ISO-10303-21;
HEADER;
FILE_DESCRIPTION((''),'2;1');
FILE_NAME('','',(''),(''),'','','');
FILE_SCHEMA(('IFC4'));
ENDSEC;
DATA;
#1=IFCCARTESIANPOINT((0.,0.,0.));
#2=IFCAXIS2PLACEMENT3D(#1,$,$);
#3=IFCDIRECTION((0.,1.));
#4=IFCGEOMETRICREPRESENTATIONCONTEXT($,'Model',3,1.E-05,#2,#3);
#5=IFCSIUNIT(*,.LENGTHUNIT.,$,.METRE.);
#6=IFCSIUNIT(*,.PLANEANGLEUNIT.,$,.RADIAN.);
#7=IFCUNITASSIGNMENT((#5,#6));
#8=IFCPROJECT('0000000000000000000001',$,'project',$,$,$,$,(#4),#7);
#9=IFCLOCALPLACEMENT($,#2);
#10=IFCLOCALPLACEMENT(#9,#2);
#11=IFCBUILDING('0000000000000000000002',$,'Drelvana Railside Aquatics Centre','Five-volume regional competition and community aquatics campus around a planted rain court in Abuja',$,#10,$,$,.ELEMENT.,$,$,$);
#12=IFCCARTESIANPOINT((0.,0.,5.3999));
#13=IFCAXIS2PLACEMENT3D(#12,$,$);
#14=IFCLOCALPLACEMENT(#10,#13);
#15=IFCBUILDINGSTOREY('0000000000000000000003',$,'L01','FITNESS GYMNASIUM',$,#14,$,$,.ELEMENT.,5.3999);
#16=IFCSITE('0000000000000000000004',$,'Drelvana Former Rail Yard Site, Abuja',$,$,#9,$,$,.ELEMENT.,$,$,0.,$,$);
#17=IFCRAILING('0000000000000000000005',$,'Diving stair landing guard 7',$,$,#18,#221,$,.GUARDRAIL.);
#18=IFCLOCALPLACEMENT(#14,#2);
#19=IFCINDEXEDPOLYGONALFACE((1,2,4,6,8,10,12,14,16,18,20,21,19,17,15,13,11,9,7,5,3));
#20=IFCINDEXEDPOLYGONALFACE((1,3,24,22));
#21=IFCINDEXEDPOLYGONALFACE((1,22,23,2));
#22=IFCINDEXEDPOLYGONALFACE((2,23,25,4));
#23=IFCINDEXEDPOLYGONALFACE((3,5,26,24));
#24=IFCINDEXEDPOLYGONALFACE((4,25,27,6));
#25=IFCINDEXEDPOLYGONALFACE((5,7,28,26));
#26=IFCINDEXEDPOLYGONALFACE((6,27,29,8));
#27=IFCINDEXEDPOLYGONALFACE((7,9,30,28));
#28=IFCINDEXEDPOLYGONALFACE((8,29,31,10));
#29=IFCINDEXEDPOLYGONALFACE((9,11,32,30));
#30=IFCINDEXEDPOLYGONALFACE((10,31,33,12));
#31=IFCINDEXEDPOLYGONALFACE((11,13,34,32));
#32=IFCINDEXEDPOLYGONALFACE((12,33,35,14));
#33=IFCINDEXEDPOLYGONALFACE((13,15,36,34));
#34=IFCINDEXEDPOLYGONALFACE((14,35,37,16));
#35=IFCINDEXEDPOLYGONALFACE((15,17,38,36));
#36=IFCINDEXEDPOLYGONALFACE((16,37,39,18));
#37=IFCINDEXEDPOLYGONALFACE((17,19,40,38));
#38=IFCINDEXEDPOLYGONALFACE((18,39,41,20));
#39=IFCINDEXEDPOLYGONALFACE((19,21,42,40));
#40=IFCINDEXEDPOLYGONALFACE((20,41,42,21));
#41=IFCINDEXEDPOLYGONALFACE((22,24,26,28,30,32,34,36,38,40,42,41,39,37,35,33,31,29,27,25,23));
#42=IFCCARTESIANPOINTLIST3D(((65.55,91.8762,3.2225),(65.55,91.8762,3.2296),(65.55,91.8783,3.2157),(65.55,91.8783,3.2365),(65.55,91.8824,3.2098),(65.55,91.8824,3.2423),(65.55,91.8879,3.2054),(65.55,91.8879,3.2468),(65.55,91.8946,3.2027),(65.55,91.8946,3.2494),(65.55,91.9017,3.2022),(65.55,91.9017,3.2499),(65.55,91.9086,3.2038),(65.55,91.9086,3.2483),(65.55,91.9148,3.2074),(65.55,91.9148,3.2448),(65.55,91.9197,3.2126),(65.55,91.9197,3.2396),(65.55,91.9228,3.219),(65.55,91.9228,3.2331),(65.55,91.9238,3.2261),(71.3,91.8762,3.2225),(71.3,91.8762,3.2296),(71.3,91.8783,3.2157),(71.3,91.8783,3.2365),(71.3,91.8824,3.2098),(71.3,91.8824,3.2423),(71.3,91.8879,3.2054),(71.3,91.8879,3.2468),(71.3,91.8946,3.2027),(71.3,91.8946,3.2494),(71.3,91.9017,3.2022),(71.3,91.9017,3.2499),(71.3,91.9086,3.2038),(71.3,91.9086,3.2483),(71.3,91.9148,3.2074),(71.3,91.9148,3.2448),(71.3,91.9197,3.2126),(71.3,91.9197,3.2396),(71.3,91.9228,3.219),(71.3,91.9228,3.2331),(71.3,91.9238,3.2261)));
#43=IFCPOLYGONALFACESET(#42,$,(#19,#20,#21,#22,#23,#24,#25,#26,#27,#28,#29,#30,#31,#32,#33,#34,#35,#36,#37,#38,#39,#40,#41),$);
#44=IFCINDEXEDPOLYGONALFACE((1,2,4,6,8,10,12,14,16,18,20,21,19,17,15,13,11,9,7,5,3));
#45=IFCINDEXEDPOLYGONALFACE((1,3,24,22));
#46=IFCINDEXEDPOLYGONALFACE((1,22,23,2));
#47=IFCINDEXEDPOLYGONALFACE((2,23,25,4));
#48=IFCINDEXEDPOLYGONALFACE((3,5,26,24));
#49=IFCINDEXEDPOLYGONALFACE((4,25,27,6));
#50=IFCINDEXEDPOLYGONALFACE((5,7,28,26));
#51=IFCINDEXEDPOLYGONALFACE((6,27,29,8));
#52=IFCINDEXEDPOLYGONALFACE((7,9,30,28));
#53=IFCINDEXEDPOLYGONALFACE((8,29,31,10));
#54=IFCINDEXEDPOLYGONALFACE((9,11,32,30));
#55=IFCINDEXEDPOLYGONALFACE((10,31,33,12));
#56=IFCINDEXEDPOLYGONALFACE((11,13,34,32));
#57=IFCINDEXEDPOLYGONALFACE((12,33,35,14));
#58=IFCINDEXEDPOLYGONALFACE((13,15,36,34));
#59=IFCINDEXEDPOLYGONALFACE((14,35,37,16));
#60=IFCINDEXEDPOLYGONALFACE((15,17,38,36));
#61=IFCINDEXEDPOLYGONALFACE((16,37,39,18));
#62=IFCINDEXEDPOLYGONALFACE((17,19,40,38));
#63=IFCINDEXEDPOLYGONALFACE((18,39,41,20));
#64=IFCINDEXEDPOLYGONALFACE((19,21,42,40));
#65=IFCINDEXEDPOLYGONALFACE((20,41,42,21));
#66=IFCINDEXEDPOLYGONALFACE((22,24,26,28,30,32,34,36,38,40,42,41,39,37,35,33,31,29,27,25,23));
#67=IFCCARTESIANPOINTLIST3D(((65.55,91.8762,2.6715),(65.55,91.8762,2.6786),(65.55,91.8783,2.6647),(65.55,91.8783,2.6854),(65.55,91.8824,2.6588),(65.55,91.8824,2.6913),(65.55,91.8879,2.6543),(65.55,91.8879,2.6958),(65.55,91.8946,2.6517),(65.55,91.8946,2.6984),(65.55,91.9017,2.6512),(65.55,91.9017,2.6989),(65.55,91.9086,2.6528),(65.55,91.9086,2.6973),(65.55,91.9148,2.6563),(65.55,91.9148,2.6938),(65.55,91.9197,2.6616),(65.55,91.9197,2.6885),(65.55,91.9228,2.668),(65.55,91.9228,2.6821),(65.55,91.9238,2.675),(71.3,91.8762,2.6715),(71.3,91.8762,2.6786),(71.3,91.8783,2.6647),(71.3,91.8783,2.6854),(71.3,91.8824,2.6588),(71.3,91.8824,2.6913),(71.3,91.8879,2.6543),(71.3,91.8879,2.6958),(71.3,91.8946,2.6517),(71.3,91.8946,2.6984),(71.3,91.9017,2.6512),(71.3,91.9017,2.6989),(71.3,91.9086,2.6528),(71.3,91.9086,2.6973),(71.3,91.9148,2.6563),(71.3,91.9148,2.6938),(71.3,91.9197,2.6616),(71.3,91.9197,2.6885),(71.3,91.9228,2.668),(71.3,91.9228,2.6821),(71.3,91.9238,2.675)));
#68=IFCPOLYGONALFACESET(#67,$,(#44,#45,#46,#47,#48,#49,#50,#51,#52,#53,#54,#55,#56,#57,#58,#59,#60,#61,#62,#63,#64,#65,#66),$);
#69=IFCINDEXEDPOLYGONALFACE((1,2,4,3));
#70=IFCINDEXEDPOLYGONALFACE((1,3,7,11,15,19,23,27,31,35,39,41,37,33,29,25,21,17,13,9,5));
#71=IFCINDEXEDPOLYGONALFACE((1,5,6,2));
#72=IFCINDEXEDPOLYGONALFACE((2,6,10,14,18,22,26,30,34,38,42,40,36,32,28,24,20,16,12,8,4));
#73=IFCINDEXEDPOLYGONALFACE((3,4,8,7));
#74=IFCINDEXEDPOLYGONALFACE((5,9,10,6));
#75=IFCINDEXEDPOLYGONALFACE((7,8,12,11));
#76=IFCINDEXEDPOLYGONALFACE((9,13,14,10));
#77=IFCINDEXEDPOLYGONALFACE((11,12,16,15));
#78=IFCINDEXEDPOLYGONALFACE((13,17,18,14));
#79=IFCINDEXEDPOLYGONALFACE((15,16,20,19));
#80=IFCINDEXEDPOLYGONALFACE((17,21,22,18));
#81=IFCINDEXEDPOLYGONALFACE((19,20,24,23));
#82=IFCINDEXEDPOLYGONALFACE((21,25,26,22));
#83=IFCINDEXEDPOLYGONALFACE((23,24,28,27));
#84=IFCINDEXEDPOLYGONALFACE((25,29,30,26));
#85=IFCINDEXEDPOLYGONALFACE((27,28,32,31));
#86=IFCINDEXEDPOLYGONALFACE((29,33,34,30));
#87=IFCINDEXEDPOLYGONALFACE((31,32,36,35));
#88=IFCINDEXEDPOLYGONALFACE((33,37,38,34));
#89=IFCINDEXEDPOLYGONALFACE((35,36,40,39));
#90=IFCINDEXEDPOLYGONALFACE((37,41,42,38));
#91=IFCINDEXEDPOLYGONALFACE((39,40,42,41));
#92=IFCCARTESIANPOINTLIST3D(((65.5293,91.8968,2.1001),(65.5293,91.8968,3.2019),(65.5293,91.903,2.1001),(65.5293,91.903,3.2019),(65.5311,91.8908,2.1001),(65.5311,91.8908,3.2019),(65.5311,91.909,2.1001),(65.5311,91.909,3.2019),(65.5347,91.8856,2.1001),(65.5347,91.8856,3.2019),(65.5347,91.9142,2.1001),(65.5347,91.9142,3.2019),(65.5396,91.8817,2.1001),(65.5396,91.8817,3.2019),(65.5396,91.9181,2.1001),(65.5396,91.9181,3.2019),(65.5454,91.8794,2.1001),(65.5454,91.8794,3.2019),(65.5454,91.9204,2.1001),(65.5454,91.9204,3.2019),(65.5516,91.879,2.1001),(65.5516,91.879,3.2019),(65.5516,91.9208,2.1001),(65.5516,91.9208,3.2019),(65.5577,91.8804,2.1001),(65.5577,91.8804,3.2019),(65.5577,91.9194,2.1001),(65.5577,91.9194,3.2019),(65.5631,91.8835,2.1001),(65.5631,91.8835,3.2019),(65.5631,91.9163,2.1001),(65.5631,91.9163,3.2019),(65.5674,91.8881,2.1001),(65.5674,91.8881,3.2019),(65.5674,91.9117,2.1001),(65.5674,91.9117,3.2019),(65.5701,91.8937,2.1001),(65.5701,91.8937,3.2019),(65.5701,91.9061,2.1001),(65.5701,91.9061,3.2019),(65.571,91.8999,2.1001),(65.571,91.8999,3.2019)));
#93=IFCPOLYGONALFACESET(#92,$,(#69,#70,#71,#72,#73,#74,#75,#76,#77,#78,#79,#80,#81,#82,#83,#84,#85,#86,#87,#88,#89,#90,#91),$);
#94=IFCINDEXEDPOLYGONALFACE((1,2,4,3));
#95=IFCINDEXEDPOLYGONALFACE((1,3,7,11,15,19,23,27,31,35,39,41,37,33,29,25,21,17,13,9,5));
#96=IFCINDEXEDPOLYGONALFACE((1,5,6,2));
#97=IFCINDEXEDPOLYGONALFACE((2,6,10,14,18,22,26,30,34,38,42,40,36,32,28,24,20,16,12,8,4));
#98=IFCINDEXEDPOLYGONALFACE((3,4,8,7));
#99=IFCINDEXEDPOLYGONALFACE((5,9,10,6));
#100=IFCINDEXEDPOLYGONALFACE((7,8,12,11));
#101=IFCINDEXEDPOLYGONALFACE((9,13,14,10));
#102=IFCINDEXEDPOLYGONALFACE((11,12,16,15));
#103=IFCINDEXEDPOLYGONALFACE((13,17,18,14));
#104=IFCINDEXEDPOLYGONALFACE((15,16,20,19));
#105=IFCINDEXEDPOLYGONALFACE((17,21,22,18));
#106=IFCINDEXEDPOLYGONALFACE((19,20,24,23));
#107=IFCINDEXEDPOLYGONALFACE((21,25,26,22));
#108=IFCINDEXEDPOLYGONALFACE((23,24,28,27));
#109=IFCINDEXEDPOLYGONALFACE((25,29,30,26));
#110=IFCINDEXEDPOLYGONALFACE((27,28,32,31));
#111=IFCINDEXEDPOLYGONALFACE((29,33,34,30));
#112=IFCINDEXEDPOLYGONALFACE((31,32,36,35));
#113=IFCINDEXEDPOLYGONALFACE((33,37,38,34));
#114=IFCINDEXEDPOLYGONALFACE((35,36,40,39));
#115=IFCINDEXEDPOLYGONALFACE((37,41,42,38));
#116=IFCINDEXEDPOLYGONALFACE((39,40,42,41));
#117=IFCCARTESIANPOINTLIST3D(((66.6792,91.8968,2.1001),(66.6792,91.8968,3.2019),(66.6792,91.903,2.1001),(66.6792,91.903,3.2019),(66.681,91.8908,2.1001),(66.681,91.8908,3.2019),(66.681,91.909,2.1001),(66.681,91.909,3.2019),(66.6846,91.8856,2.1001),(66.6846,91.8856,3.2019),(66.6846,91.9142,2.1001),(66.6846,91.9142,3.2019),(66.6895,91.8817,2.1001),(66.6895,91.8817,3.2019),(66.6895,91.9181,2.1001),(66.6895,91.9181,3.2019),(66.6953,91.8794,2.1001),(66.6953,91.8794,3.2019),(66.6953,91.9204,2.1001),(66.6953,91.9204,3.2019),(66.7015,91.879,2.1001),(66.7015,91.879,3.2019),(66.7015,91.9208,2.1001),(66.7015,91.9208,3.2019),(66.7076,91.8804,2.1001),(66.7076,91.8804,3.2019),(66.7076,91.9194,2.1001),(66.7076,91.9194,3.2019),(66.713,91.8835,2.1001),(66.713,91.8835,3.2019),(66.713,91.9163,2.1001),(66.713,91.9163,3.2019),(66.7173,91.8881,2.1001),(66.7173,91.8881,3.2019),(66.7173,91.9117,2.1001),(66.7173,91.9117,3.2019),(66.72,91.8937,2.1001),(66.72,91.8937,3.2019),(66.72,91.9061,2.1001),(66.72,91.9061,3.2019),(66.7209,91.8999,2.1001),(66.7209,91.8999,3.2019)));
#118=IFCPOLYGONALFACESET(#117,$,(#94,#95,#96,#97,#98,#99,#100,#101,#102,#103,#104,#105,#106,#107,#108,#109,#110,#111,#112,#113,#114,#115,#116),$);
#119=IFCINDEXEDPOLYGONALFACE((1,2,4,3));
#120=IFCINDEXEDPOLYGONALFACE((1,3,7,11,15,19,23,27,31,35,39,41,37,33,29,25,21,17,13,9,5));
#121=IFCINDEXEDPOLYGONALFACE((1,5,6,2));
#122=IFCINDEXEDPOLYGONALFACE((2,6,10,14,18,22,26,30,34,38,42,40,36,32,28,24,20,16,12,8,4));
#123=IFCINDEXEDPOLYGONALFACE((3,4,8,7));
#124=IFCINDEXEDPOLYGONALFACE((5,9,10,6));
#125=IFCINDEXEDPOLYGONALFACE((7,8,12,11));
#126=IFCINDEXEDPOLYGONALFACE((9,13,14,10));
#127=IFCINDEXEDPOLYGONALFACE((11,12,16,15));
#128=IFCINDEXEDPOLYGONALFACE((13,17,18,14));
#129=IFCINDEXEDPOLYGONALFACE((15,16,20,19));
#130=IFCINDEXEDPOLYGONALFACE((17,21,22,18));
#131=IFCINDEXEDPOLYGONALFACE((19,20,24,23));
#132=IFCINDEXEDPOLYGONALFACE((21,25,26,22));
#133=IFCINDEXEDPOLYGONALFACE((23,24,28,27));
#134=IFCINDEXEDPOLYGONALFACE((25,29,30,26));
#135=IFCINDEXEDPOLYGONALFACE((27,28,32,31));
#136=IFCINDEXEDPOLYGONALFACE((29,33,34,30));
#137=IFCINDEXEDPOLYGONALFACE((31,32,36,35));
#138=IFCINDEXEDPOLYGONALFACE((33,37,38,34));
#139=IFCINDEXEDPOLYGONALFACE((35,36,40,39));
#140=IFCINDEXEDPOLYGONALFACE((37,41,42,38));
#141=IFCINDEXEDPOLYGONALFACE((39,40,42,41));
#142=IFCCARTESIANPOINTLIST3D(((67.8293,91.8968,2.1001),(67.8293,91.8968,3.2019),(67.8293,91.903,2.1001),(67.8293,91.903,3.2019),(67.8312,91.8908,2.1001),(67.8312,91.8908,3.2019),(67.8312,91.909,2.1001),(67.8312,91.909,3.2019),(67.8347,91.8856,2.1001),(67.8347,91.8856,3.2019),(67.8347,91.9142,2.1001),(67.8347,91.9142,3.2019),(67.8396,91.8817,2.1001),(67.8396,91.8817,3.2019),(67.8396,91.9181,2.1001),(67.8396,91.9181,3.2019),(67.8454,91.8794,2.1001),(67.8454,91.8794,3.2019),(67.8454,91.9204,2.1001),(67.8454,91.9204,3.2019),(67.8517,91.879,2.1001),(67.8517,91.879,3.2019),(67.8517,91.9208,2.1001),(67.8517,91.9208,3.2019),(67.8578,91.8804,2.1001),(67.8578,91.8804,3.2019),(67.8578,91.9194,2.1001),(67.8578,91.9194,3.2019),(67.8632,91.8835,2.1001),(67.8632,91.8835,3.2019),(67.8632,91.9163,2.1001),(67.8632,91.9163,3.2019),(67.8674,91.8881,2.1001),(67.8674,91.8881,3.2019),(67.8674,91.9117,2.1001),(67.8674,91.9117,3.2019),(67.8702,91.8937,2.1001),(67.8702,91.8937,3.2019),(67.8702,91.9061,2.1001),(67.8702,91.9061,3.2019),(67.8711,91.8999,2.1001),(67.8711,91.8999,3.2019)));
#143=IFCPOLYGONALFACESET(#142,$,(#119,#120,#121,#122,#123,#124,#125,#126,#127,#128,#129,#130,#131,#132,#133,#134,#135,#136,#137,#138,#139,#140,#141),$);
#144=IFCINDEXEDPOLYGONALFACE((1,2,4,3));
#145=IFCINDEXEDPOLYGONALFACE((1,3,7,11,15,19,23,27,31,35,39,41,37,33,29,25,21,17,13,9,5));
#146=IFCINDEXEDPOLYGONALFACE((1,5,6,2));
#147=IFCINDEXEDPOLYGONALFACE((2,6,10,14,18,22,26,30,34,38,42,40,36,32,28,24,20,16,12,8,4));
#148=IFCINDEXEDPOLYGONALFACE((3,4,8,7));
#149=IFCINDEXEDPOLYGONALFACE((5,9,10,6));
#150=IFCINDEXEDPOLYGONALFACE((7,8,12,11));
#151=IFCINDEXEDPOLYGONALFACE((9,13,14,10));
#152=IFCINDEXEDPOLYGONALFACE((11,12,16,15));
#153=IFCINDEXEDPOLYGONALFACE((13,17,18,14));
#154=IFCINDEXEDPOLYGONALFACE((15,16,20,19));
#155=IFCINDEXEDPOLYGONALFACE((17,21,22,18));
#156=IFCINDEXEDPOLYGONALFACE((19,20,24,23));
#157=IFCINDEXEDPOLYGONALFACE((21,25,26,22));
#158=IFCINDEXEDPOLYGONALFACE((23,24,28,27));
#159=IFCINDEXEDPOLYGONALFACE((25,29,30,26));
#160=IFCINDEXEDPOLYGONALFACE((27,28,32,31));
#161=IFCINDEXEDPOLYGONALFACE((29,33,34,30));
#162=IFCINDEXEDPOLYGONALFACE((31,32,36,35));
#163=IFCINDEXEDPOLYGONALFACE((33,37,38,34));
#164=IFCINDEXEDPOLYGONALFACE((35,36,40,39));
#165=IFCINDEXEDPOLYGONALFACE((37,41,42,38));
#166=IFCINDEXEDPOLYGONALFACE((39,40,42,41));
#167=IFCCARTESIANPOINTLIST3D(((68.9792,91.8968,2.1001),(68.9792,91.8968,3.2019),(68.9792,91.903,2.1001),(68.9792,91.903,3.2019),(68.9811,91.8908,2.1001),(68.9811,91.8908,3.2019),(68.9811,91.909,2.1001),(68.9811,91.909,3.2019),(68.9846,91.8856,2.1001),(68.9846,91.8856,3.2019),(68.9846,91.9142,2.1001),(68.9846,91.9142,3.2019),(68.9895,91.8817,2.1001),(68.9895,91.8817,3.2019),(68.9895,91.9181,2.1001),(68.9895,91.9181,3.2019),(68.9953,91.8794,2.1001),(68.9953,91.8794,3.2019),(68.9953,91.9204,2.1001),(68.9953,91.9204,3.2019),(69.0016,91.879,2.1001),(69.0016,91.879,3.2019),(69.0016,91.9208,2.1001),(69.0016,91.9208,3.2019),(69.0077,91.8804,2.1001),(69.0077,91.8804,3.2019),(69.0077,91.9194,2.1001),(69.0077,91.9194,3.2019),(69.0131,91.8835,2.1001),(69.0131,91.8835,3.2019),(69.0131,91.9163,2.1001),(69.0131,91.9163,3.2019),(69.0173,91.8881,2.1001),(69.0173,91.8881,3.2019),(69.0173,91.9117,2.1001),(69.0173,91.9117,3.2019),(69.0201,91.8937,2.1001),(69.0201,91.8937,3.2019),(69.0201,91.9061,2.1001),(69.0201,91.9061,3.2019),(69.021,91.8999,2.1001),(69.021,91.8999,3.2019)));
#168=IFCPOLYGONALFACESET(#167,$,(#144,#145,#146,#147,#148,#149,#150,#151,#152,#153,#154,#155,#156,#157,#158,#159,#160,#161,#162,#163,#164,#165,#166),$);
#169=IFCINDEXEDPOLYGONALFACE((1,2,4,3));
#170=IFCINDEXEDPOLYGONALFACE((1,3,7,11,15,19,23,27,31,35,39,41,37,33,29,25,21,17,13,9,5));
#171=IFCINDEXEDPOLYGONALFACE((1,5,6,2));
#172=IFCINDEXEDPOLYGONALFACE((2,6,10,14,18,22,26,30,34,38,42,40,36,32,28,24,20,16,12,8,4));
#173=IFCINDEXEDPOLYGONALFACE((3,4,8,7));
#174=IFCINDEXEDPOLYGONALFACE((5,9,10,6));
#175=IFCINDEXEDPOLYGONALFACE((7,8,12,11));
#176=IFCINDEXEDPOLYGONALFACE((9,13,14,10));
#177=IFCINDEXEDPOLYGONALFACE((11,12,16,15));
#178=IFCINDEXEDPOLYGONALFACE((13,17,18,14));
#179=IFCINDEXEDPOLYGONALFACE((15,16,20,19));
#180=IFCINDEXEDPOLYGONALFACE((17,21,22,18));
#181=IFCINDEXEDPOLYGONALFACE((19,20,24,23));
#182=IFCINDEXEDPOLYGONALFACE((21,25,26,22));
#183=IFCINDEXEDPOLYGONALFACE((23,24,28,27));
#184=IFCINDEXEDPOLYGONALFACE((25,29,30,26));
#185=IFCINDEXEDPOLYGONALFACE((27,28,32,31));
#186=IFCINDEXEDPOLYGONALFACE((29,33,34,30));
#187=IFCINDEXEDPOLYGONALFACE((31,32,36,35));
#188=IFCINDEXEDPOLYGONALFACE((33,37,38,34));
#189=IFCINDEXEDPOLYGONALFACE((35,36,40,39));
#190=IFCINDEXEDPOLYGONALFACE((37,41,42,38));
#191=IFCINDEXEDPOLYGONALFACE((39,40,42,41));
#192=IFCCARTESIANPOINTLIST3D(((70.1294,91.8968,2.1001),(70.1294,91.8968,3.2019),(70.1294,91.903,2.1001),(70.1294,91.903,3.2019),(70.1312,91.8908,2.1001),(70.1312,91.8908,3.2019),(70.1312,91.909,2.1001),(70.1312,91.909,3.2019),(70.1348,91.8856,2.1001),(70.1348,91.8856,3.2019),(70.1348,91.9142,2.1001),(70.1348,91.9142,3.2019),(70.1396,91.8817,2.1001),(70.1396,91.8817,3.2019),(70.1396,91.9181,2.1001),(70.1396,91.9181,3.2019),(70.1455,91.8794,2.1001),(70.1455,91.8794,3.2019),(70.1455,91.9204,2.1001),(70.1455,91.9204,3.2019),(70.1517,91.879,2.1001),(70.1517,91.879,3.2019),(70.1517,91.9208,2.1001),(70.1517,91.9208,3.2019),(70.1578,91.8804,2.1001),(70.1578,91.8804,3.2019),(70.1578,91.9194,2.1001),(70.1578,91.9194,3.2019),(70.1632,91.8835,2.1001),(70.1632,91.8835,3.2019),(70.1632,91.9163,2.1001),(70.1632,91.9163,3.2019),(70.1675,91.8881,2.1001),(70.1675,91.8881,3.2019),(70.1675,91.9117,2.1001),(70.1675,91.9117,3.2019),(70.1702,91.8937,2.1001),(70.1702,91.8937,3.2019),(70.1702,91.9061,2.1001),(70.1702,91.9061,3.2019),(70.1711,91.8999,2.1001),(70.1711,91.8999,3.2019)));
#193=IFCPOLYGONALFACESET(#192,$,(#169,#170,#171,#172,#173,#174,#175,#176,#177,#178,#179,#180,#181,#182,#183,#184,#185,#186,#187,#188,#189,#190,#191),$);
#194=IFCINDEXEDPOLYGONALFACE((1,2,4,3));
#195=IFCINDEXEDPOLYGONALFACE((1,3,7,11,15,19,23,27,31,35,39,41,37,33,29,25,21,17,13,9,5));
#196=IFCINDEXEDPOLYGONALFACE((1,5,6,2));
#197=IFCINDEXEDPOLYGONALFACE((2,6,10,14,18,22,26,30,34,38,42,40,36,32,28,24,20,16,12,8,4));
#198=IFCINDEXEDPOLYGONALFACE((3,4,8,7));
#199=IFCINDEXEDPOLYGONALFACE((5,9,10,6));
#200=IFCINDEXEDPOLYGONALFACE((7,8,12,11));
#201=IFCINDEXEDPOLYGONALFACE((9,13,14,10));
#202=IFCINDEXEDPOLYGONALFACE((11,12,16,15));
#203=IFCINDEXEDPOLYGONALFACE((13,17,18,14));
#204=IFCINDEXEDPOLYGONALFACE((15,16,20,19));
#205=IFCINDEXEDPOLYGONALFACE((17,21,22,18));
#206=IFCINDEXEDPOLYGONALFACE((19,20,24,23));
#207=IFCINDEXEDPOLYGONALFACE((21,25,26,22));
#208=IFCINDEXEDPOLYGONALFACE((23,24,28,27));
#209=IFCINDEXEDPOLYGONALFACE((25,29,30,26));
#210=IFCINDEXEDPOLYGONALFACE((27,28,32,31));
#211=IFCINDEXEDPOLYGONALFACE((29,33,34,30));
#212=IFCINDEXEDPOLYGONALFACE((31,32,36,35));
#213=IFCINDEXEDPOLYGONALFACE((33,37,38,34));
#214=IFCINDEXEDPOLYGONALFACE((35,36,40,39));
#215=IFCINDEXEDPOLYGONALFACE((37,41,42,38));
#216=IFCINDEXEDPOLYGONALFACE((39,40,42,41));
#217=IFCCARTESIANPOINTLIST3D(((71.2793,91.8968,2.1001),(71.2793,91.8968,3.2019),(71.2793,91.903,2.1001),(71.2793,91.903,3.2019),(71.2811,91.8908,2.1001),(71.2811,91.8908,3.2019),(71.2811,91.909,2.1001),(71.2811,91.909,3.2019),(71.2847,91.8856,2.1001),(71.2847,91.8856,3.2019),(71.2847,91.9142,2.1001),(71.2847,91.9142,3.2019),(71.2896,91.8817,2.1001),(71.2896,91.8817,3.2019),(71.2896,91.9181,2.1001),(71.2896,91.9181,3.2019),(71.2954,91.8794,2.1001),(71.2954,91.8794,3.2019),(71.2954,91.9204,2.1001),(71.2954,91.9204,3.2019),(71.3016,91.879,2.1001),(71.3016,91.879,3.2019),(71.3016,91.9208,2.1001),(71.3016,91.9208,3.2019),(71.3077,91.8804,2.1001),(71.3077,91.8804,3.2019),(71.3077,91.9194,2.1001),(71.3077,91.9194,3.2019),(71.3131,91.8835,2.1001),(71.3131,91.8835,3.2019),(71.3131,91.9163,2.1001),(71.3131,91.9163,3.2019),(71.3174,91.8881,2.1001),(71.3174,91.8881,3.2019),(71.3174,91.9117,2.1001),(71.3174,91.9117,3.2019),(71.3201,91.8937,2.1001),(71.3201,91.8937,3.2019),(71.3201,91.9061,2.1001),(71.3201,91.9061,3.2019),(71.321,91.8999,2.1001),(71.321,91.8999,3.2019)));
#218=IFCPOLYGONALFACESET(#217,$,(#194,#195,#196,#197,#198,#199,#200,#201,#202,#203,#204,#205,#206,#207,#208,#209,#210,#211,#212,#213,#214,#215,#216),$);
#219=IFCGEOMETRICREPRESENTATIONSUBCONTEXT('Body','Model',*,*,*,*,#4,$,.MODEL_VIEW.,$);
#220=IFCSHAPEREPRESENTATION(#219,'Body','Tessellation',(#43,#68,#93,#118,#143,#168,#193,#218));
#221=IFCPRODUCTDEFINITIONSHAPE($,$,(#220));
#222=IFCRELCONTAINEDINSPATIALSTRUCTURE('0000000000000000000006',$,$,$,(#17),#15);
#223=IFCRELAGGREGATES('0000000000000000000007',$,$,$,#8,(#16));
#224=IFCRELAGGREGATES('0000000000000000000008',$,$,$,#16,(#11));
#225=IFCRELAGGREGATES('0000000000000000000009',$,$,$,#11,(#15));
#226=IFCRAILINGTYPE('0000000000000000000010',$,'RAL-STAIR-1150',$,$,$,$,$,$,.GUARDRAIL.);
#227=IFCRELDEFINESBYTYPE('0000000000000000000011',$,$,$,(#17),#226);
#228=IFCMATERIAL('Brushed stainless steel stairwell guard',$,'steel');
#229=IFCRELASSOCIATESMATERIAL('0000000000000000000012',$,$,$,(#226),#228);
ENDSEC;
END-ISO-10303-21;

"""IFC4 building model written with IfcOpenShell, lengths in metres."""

from ifc_helpers import new_model, si_unit, direction, frame, origin, origin_2d, place, context, subcontext, project, spatial, circle, extrude, material, type_object, element, save


model = new_model("IFC4")

# Units and contexts
model_context = context("Model", 3, precision=1e-05, world=origin(), true_north=direction((0.0, 1.0)))
body_context = subcontext(model_context, "Body", "Model", "MODEL_VIEW")
ifc_project = project(units=[si_unit("LENGTHUNIT", "METRE"), si_unit("PLANEANGLEUNIT", "RADIAN")], contexts=[model_context])

# Site, building, storey
site_placement = place(None, origin())
site = spatial("IfcSite", under=ifc_project, at=site_placement, Name="Drelvana Former Rail Yard Site, Abuja", CompositionType="ELEMENT", RefElevation=0.0)
building_placement = place(site_placement, origin())
building = spatial("IfcBuilding", under=site, at=building_placement, Name="Drelvana Railside Aquatics Centre", Description="Five-volume regional competition and community aquatics campus around a planted rain court in Abuja", CompositionType="ELEMENT")
storey_placement = place(building_placement, frame((0.0, 0.0, 5.3999)))
storey = spatial("IfcBuildingStorey", under=building, at=storey_placement, Name="L01", Description="FITNESS GYMNASIUM", CompositionType="ELEMENT", Elevation=5.3999)

# Railing
ifc_material_1 = material(Name="Brushed stainless steel stairwell guard", Category="steel")
railing_type = type_object("IfcRailingType", Name="RAL-STAIR-1150", PredefinedType="GUARDRAIL", material=ifc_material_1)
railing_1_placement = place(storey_placement, frame((65.55, 91.8999, 2.1001)))
element("IfcRailing", 1, at=railing_1_placement, inside=storey, type_object=railing_type, Name="Diving stair landing guard 7", PredefinedType="GUARDRAIL", context=body_context, shape_type="SweptSolid", body=[
    extrude(circle(Radius=0.0239, at=origin_2d()), frame((0.0, 0.0, 1.126), z_axis=(1.0, 0.0, 0.0), x_axis=(0.0, 1.0, 0.0)), (0.0, 0.0, 1.0), 5.75),
    extrude(circle(Radius=0.0239, at=origin_2d()), frame((0.0, 0.0, 0.575), z_axis=(1.0, 0.0, 0.0), x_axis=(0.0, 1.0, 0.0)), (0.0, 0.0, 1.0), 5.75),
    extrude(circle(Radius=0.021, at=origin_2d()), origin(), (0.0, 0.0, 1.0), 1.1018),
    extrude(circle(Radius=0.021, at=origin_2d()), frame((1.1499, 0.0, 0.0)), (0.0, 0.0, 1.0), 1.1018),
    extrude(circle(Radius=0.021, at=origin_2d()), frame((2.3, 0.0, 0.0)), (0.0, 0.0, 1.0), 1.1018),
    extrude(circle(Radius=0.021, at=origin_2d()), frame((3.45, 0.0, 0.0)), (0.0, 0.0, 1.0), 1.1018),
    extrude(circle(Radius=0.021, at=origin_2d()), frame((4.6001, 0.0, 0.0)), (0.0, 0.0, 1.0), 1.1018),
    extrude(circle(Radius=0.021, at=origin_2d()), frame((5.75, 0.0, 0.0)), (0.0, 0.0, 1.0), 1.1018),
])

save(model, "model.ifc")
